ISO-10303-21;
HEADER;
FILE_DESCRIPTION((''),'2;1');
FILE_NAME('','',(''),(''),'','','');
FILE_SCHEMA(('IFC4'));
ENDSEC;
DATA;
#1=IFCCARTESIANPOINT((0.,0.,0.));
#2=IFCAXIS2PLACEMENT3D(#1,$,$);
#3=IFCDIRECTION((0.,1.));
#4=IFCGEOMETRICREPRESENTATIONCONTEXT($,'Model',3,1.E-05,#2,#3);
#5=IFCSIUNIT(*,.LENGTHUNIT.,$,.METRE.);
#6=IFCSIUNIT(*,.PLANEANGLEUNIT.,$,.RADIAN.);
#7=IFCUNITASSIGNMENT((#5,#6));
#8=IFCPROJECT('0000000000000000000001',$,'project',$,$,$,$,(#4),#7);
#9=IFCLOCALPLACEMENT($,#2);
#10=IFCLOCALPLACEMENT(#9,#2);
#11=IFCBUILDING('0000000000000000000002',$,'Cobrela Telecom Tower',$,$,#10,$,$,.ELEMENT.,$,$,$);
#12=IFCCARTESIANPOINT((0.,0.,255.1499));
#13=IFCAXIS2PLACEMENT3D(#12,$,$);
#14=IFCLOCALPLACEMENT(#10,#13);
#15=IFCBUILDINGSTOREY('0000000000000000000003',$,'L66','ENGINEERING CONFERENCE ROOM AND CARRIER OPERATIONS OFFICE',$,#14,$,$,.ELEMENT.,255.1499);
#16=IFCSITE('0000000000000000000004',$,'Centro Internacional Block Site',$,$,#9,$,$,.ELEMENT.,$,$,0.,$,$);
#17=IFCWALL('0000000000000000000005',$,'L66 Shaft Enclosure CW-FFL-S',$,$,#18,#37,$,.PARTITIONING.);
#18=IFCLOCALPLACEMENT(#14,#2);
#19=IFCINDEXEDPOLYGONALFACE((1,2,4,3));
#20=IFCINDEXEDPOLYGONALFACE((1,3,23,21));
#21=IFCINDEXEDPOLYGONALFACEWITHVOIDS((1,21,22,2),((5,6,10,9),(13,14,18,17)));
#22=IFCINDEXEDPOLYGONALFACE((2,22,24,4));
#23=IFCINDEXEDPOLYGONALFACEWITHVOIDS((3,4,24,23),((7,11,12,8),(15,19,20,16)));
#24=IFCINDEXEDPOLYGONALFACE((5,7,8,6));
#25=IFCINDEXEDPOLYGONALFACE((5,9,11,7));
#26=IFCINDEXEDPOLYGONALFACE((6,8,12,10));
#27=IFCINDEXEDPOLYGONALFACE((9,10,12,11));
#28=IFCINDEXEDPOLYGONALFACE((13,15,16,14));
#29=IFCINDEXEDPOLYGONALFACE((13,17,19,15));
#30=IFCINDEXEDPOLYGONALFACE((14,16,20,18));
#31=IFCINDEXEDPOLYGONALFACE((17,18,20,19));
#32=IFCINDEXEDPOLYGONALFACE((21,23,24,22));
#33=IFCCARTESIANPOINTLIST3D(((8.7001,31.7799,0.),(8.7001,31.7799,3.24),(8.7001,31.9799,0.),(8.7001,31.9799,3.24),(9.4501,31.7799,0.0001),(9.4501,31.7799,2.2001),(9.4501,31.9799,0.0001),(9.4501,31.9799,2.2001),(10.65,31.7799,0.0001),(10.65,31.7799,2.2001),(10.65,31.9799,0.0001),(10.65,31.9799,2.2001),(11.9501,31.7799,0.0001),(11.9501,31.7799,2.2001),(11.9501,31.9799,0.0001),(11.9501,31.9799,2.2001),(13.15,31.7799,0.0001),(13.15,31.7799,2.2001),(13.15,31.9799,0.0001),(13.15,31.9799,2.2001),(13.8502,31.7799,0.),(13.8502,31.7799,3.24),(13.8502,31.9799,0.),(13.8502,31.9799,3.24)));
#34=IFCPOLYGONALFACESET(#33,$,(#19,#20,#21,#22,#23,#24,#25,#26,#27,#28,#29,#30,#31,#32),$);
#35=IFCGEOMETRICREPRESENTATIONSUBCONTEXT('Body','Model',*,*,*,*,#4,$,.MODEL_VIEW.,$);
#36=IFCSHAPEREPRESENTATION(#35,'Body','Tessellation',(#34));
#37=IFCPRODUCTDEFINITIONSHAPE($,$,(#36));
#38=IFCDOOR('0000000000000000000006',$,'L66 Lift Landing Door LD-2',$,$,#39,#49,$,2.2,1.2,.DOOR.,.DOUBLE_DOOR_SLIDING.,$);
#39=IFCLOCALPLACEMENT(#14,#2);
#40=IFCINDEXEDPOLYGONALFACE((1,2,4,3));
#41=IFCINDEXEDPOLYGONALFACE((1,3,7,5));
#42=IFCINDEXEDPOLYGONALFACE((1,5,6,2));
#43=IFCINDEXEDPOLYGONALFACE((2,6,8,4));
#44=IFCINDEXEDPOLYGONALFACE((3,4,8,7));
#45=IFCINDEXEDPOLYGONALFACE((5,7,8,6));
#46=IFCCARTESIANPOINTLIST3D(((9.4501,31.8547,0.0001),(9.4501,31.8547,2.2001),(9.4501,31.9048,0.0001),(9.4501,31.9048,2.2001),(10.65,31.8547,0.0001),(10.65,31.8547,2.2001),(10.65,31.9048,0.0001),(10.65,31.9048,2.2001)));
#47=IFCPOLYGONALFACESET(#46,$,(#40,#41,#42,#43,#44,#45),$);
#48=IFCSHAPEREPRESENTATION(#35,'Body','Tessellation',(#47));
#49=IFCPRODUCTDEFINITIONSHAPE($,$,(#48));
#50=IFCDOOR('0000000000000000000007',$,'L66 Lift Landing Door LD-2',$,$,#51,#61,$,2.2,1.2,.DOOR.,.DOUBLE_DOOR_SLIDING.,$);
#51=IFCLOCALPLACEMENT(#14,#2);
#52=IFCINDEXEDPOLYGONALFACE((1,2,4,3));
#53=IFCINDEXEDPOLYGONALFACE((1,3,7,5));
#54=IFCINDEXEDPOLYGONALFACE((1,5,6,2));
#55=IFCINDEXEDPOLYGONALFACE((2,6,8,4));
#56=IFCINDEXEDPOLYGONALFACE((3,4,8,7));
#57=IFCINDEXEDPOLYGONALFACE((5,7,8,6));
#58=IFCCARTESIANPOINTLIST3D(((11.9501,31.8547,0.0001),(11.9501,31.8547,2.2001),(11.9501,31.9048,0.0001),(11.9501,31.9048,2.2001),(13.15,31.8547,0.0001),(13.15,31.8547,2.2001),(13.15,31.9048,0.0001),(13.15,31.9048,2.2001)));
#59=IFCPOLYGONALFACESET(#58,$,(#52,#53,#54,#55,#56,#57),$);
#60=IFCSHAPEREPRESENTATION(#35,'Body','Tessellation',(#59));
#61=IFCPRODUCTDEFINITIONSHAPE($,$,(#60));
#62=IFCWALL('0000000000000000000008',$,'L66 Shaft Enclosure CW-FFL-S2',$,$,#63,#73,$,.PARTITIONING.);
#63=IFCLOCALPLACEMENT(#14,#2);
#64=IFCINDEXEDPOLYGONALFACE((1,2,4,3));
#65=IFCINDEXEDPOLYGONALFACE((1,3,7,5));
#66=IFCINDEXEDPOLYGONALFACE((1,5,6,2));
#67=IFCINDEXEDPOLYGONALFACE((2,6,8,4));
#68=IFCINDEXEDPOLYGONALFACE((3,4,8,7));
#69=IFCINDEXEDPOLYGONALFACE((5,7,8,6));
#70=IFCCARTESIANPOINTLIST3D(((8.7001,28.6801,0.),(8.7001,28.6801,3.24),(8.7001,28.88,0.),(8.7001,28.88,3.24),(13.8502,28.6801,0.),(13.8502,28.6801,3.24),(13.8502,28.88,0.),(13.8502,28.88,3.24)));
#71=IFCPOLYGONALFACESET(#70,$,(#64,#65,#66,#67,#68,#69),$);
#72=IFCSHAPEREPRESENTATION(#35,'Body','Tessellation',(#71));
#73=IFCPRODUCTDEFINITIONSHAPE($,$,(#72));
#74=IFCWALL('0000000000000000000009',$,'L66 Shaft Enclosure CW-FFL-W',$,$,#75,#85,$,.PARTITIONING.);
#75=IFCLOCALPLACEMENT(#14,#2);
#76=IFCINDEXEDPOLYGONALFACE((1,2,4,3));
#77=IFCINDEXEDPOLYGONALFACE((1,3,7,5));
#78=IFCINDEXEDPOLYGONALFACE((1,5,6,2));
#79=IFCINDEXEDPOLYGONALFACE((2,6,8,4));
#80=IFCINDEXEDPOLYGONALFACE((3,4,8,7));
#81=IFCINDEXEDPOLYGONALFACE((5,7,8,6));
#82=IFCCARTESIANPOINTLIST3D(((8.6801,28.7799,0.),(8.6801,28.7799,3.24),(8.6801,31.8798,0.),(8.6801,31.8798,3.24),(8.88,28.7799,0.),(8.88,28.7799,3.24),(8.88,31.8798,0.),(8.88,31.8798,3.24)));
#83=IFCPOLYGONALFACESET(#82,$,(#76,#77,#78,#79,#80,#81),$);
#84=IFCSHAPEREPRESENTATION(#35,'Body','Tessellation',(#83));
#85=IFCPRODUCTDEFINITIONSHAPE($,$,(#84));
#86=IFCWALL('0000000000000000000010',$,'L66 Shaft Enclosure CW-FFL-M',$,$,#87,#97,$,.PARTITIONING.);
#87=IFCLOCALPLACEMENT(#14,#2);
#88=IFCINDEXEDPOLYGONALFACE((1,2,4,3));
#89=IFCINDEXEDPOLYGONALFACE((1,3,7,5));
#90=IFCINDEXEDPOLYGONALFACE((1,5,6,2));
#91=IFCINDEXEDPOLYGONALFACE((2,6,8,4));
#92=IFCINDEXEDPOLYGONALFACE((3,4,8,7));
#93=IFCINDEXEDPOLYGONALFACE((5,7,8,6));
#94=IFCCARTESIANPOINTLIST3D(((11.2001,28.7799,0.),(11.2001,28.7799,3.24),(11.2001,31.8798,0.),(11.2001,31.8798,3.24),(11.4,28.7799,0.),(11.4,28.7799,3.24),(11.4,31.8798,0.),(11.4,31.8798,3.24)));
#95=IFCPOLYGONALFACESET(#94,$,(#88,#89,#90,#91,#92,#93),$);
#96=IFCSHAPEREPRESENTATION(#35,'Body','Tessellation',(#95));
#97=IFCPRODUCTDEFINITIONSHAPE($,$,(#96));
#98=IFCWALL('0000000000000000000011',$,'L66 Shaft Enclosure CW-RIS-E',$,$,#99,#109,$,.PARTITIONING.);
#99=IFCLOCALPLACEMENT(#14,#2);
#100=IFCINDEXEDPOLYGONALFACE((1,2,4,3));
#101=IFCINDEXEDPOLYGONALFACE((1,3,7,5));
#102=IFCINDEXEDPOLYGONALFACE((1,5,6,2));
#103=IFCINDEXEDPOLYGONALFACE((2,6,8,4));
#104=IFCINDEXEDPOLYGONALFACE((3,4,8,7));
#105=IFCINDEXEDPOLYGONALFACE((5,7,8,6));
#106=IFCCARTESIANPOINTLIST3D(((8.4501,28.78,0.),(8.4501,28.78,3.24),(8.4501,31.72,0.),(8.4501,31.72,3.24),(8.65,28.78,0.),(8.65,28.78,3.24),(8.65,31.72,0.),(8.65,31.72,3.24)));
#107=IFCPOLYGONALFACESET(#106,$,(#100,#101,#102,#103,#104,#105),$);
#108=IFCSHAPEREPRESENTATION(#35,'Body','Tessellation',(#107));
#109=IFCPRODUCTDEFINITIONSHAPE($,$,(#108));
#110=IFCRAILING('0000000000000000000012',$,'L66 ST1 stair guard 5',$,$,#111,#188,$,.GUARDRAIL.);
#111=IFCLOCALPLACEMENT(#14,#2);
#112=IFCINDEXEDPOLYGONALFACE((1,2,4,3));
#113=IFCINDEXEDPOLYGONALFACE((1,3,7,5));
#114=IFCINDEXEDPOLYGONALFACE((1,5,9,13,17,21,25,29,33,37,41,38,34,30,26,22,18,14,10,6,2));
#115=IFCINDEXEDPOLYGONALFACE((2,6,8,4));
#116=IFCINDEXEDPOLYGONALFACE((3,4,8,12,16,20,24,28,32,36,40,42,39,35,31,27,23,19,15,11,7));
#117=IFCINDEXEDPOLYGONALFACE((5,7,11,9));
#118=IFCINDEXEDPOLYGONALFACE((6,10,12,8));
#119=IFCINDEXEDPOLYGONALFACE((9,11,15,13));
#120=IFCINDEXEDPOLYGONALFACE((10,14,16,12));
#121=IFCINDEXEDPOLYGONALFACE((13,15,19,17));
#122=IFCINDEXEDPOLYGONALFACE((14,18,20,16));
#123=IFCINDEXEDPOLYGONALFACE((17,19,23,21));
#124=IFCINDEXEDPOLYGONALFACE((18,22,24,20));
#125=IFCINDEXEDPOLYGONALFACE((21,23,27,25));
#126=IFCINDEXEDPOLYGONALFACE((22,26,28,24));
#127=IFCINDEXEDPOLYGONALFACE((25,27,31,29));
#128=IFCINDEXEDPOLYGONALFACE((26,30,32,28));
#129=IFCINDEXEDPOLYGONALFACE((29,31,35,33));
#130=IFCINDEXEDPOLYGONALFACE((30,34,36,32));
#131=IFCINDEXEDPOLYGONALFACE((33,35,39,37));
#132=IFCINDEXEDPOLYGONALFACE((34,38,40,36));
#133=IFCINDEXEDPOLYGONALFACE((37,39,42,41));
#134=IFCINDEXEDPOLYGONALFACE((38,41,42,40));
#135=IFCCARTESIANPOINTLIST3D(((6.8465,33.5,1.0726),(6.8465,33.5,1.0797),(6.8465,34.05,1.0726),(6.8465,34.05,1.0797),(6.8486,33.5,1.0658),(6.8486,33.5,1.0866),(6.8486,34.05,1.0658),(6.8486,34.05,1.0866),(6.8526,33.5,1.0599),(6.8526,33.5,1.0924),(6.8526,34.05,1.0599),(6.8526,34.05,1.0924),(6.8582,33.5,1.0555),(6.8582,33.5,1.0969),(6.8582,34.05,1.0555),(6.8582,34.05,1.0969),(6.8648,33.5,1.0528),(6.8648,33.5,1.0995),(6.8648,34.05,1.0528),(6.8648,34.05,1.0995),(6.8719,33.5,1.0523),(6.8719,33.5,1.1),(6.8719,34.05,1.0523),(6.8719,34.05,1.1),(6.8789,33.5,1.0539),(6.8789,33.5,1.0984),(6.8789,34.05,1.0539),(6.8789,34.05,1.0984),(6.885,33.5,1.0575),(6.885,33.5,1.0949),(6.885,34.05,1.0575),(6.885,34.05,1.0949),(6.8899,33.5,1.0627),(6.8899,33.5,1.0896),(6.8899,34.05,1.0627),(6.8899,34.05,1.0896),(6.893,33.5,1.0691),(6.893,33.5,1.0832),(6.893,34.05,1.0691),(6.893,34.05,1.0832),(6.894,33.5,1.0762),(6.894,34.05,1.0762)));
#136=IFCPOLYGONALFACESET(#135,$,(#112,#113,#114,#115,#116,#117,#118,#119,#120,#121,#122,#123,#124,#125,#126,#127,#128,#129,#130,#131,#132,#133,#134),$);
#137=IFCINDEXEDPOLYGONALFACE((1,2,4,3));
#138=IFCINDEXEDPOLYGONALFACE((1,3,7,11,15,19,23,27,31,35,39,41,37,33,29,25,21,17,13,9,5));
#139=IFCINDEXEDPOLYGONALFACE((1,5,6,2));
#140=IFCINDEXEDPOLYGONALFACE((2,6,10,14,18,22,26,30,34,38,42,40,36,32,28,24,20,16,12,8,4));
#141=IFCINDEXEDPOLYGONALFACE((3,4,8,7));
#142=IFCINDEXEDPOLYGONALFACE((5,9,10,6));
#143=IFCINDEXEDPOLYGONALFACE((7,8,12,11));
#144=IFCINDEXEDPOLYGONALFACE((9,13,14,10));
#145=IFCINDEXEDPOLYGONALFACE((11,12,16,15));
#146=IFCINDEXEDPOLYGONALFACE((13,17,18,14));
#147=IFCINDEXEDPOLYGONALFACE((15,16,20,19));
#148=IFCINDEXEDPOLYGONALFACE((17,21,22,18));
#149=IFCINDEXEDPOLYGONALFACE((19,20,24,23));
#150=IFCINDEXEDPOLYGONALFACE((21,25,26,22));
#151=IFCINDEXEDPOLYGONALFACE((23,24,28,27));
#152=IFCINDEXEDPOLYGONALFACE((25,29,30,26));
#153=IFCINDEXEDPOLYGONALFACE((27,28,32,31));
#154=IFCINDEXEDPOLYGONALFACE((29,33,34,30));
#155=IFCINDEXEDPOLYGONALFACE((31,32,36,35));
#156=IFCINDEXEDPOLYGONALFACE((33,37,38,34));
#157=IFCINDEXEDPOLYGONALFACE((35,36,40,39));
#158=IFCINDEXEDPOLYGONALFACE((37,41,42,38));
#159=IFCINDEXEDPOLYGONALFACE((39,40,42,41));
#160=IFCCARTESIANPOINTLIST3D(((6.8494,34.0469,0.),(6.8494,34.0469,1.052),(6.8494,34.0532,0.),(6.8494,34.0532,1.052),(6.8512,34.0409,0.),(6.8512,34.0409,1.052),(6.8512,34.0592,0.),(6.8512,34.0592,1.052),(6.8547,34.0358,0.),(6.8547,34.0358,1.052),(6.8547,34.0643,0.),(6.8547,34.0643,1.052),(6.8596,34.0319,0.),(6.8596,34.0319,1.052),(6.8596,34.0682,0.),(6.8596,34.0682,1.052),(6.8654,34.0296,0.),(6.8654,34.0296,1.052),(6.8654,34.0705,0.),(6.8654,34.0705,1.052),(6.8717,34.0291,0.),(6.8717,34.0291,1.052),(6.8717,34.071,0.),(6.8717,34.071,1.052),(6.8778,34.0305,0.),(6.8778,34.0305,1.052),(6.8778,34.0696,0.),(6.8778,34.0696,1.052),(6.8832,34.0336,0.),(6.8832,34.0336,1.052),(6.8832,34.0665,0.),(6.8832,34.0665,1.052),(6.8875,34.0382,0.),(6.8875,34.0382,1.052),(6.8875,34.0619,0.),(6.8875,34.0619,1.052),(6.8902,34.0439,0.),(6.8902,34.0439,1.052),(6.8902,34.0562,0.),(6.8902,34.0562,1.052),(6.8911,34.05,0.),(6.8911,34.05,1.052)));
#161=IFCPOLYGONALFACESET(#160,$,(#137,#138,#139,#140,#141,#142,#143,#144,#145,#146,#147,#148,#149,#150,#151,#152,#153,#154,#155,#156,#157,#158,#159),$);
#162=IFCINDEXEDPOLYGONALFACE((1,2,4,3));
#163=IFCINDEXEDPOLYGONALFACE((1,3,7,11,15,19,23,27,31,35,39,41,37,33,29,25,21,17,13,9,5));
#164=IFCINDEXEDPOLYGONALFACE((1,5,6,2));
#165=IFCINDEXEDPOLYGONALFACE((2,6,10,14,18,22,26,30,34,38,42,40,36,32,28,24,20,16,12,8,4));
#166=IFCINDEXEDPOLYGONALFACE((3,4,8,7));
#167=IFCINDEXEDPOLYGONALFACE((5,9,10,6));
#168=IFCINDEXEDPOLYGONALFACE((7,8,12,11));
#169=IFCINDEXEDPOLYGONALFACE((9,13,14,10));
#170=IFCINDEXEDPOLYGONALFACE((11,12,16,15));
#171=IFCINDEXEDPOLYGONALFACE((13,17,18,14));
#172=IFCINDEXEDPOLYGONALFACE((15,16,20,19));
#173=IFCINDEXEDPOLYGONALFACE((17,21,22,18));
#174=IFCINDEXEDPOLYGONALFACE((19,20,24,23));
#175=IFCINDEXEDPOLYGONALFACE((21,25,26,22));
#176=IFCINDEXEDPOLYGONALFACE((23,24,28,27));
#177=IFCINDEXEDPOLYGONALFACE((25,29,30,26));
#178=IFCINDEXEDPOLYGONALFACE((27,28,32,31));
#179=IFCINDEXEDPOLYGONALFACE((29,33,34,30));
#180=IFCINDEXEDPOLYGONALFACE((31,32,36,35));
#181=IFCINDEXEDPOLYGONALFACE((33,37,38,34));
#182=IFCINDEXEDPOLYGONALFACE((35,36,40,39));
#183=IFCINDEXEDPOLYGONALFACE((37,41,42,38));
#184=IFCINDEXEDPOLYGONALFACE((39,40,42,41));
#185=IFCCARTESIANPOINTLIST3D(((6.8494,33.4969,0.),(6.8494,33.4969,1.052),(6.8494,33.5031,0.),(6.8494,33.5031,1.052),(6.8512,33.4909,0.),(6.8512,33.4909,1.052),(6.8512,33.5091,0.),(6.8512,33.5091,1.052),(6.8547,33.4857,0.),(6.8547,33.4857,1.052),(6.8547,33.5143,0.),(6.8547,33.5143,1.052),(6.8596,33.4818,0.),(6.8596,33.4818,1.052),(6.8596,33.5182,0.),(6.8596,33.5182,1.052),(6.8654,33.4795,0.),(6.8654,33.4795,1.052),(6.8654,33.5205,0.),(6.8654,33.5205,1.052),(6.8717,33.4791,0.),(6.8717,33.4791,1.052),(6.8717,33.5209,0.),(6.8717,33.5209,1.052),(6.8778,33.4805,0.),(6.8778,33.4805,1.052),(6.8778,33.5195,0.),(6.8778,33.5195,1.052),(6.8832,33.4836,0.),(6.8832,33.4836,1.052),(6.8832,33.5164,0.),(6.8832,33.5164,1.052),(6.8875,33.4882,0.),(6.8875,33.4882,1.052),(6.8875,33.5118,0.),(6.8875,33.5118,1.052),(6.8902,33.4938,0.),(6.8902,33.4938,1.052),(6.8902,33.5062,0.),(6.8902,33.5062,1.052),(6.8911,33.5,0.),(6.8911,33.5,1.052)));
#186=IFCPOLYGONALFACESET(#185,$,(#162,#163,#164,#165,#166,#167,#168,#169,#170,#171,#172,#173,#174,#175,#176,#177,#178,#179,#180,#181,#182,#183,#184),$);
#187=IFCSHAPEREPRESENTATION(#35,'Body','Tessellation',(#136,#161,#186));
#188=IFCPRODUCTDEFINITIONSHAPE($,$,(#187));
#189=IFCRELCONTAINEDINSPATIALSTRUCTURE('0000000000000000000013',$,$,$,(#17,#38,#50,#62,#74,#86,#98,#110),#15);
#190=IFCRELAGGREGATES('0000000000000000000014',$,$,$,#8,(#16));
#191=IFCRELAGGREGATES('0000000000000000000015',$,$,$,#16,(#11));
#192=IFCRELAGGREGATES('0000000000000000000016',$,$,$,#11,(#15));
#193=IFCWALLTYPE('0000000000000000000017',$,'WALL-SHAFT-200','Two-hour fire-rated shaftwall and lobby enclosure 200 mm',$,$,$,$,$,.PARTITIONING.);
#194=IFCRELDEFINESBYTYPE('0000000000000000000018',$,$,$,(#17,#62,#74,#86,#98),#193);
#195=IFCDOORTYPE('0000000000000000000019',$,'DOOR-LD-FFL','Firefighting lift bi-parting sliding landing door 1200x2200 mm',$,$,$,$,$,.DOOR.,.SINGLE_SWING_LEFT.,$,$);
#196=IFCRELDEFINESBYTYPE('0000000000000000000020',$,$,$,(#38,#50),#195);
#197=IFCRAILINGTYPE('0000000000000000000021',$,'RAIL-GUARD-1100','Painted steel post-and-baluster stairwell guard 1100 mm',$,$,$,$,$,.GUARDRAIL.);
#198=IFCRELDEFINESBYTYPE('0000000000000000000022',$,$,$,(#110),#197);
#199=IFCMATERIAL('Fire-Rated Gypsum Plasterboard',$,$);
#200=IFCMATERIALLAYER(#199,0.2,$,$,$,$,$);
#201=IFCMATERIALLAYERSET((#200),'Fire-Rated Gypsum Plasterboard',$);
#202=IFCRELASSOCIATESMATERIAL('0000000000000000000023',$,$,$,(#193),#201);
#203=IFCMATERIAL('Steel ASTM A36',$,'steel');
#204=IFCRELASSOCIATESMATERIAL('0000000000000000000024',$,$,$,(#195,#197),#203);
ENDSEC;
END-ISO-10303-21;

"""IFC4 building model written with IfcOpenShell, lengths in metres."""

from ifc_helpers import new_model, si_unit, direction, frame, frame_2d, origin, origin_2d, place, context, subcontext, project, spatial, rectangle, circle, extrude, material, layer, layer_set, type_object, element, fill, save


model = new_model("IFC4")

# Units and contexts
model_context = context("Model", 3, precision=1e-05, world=origin(), true_north=direction((0.0, 1.0)))
body_context = subcontext(model_context, "Body", "Model", "MODEL_VIEW")
ifc_project = project(units=[si_unit("LENGTHUNIT", "METRE"), si_unit("PLANEANGLEUNIT", "RADIAN")], contexts=[model_context])

# Site, building, storey
site_placement = place(None, origin())
site = spatial("IfcSite", under=ifc_project, at=site_placement, Name="Centro Internacional Block Site", CompositionType="ELEMENT", RefElevation=0.0)
building_placement = place(site_placement, origin())
building = spatial("IfcBuilding", under=site, at=building_placement, Name="Cobrela Telecom Tower", CompositionType="ELEMENT")
storey_placement = place(building_placement, frame((0.0, 0.0, 255.1499)))
storey = spatial("IfcBuildingStorey", under=building, at=storey_placement, Name="L66", Description="ENGINEERING CONFERENCE ROOM AND CARRIER OPERATIONS OFFICE", CompositionType="ELEMENT", Elevation=255.1499)

# Shared definitions
ifc_material_1 = material(Name="Steel ASTM A36", Category="steel")

# Shared definitions
ifc_material_2 = material(Name="Fire-Rated Gypsum Plasterboard")

# Wall, openings, doors
ifc_layer_1 = layer(ifc_material_2, 0.2)
ifc_layer_set_1 = layer_set([ifc_layer_1], Name="Fire-Rated Gypsum Plasterboard")
wall_type_1 = type_object("IfcWallType", Name="WALL-SHAFT-200", Description="Two-hour fire-rated shaftwall and lobby enclosure 200 mm", PredefinedType="PARTITIONING", material=ifc_layer_set_1)
wall_1_placement = place(storey_placement, frame((8.7, 31.8799, 0.0), z_axis=(0.0, 0.0, 1.0), x_axis=(1.0, 0.0, 0.0)))
wall_1 = element("IfcWall", 1, at=wall_1_placement, inside=storey, type_object=wall_type_1, Name="L66 Shaft Enclosure CW-FFL-S", PredefinedType="PARTITIONING", context=body_context, shape_type="SweptSolid", body=[
    extrude(rectangle(XDim=5.1501, YDim=0.2, at=frame_2d((2.5752, 0.0))), origin(), (0.0, 0.0, 1.0), 3.24),
])
opening_1_placement = place(wall_1_placement, frame((0.75, 0.0, 0.0)))
opening_1 = element("IfcOpeningElement", 2, at=opening_1_placement, cuts=wall_1, PredefinedType="OPENING", context=body_context, shape_type="SweptSolid", body=[
    extrude(rectangle(XDim=1.2, YDim=2.2, at=frame_2d((0.6001, 1.1001))), frame((0.0, 0.1118, 0.0), z_axis=(0.0, -1.0, 0.0), x_axis=(1.0, 0.0, 0.0)), (0.0, 0.0, 1.0), 0.2239),
])
opening_2_placement = place(wall_1_placement, frame((3.25, 0.0, 0.0)))
opening_2 = element("IfcOpeningElement", 3, at=opening_2_placement, cuts=wall_1, PredefinedType="OPENING", context=body_context, shape_type="SweptSolid", body=[
    extrude(rectangle(XDim=1.2, YDim=2.2, at=frame_2d((0.6001, 1.1001))), frame((0.0, 0.1118, 0.0), z_axis=(0.0, -1.0, 0.0), x_axis=(1.0, 0.0, 0.0)), (0.0, 0.0, 1.0), 0.2239),
])
door_type_1 = type_object("IfcDoorType", Name="DOOR-LD-FFL", Description="Firefighting lift bi-parting sliding landing door 1200x2200 mm", OperationType="SINGLE_SWING_LEFT", PredefinedType="DOOR", material=ifc_material_1)
door_1_placement = place(opening_1_placement, origin())
door_1 = element("IfcDoor", 4, at=door_1_placement, inside=storey, type_object=door_type_1, Name="L66 Lift Landing Door LD-2", OperationType="DOUBLE_DOOR_SLIDING", OverallHeight=2.2, OverallWidth=1.2, PredefinedType="DOOR", context=body_context, shape_type="SweptSolid", body=[
    extrude(rectangle(XDim=1.2, YDim=2.2, at=frame_2d((0.6001, 1.1001))), frame((0.0, 0.0249, 0.0), z_axis=(0.0, -1.0, 0.0), x_axis=(1.0, 0.0, 0.0)), (0.0, 0.0, 1.0), 0.05),
])
fill(opening_1, door_1)
door_2_placement = place(opening_2_placement, origin())
door_2 = element("IfcDoor", 5, at=door_2_placement, inside=storey, type_object=door_type_1, Name="L66 Lift Landing Door LD-2", OperationType="DOUBLE_DOOR_SLIDING", OverallHeight=2.2, OverallWidth=1.2, PredefinedType="DOOR", context=body_context, shape_type="SweptSolid", body=[
    extrude(rectangle(XDim=1.2, YDim=2.2, at=frame_2d((0.6001, 1.1001))), frame((0.0, 0.0249, 0.0), z_axis=(0.0, -1.0, 0.0), x_axis=(1.0, 0.0, 0.0)), (0.0, 0.0, 1.0), 0.05),
])
fill(opening_2, door_2)

# Walls
wall_2_placement = place(storey_placement, frame((8.7, 28.78, 0.0), z_axis=(0.0, 0.0, 1.0), x_axis=(1.0, 0.0, 0.0)))
element("IfcWall", 6, at=wall_2_placement, inside=storey, type_object=wall_type_1, Name="L66 Shaft Enclosure CW-FFL-S2", PredefinedType="PARTITIONING", context=body_context, shape_type="SweptSolid", body=[
    extrude(rectangle(XDim=5.1501, YDim=0.2, at=frame_2d((2.5752, 0.0))), origin(), (0.0, 0.0, 1.0), 3.24),
])
for number, where, z_axis, x_axis, name in (
    (7, (8.78, 28.78, 0.0), (0.0, 0.0, 1.0), (0.0, 1.0, 0.0), "L66 Shaft Enclosure CW-FFL-W"),
    (8, (11.3, 28.78, 0.0), (0.0, 0.0, 1.0), (0.0, 1.0, 0.0), "L66 Shaft Enclosure CW-FFL-M"),
):
    element("IfcWall", number, at=place(storey_placement, frame(where, z_axis=z_axis, x_axis=x_axis)), inside=storey, type_object=wall_type_1, Name=name, PredefinedType="PARTITIONING", context=body_context, shape_type="SweptSolid", body=[
        extrude(rectangle(XDim=3.0999, YDim=0.2, at=frame_2d((1.5498, 0.0))), origin(), (0.0, 0.0, 1.0), 3.24),
    ])
wall_3_placement = place(storey_placement, frame((8.55, 28.78, 0.0), z_axis=(0.0, 0.0, 1.0), x_axis=(0.0, 1.0, 0.0)))
element("IfcWall", 9, at=wall_3_placement, inside=storey, type_object=wall_type_1, Name="L66 Shaft Enclosure CW-RIS-E", PredefinedType="PARTITIONING", context=body_context, shape_type="SweptSolid", body=[
    extrude(rectangle(XDim=2.9399, YDim=0.2, at=frame_2d((1.47, 0.0))), origin(), (0.0, 0.0, 1.0), 3.24),
])

# Railing
railing_type = type_object("IfcRailingType", Name="RAIL-GUARD-1100", Description="Painted steel post-and-baluster stairwell guard 1100 mm", PredefinedType="GUARDRAIL", material=ifc_material_1)
railing_placement = place(storey_placement, frame((6.8701, 34.05, 0.0)))
element("IfcRailing", 10, at=railing_placement, inside=storey, type_object=railing_type, Name="L66 ST1 stair guard 5", PredefinedType="GUARDRAIL", context=body_context, shape_type="SweptSolid", body=[
    extrude(circle(Radius=0.0239, at=origin_2d()), frame((0.0, 0.0, 1.0762), z_axis=(0.0, -1.0, 0.0), x_axis=(1.0, 0.0, 0.0)), (0.0, 0.0, 1.0), 0.55),
    extrude(circle(Radius=0.021, at=origin_2d()), origin(), (0.0, 0.0, 1.0), 1.052),
    extrude(circle(Radius=0.021, at=origin_2d()), frame((0.0, -0.55, 0.0)), (0.0, 0.0, 1.0), 1.052),
])

save(model, "model.ifc")
